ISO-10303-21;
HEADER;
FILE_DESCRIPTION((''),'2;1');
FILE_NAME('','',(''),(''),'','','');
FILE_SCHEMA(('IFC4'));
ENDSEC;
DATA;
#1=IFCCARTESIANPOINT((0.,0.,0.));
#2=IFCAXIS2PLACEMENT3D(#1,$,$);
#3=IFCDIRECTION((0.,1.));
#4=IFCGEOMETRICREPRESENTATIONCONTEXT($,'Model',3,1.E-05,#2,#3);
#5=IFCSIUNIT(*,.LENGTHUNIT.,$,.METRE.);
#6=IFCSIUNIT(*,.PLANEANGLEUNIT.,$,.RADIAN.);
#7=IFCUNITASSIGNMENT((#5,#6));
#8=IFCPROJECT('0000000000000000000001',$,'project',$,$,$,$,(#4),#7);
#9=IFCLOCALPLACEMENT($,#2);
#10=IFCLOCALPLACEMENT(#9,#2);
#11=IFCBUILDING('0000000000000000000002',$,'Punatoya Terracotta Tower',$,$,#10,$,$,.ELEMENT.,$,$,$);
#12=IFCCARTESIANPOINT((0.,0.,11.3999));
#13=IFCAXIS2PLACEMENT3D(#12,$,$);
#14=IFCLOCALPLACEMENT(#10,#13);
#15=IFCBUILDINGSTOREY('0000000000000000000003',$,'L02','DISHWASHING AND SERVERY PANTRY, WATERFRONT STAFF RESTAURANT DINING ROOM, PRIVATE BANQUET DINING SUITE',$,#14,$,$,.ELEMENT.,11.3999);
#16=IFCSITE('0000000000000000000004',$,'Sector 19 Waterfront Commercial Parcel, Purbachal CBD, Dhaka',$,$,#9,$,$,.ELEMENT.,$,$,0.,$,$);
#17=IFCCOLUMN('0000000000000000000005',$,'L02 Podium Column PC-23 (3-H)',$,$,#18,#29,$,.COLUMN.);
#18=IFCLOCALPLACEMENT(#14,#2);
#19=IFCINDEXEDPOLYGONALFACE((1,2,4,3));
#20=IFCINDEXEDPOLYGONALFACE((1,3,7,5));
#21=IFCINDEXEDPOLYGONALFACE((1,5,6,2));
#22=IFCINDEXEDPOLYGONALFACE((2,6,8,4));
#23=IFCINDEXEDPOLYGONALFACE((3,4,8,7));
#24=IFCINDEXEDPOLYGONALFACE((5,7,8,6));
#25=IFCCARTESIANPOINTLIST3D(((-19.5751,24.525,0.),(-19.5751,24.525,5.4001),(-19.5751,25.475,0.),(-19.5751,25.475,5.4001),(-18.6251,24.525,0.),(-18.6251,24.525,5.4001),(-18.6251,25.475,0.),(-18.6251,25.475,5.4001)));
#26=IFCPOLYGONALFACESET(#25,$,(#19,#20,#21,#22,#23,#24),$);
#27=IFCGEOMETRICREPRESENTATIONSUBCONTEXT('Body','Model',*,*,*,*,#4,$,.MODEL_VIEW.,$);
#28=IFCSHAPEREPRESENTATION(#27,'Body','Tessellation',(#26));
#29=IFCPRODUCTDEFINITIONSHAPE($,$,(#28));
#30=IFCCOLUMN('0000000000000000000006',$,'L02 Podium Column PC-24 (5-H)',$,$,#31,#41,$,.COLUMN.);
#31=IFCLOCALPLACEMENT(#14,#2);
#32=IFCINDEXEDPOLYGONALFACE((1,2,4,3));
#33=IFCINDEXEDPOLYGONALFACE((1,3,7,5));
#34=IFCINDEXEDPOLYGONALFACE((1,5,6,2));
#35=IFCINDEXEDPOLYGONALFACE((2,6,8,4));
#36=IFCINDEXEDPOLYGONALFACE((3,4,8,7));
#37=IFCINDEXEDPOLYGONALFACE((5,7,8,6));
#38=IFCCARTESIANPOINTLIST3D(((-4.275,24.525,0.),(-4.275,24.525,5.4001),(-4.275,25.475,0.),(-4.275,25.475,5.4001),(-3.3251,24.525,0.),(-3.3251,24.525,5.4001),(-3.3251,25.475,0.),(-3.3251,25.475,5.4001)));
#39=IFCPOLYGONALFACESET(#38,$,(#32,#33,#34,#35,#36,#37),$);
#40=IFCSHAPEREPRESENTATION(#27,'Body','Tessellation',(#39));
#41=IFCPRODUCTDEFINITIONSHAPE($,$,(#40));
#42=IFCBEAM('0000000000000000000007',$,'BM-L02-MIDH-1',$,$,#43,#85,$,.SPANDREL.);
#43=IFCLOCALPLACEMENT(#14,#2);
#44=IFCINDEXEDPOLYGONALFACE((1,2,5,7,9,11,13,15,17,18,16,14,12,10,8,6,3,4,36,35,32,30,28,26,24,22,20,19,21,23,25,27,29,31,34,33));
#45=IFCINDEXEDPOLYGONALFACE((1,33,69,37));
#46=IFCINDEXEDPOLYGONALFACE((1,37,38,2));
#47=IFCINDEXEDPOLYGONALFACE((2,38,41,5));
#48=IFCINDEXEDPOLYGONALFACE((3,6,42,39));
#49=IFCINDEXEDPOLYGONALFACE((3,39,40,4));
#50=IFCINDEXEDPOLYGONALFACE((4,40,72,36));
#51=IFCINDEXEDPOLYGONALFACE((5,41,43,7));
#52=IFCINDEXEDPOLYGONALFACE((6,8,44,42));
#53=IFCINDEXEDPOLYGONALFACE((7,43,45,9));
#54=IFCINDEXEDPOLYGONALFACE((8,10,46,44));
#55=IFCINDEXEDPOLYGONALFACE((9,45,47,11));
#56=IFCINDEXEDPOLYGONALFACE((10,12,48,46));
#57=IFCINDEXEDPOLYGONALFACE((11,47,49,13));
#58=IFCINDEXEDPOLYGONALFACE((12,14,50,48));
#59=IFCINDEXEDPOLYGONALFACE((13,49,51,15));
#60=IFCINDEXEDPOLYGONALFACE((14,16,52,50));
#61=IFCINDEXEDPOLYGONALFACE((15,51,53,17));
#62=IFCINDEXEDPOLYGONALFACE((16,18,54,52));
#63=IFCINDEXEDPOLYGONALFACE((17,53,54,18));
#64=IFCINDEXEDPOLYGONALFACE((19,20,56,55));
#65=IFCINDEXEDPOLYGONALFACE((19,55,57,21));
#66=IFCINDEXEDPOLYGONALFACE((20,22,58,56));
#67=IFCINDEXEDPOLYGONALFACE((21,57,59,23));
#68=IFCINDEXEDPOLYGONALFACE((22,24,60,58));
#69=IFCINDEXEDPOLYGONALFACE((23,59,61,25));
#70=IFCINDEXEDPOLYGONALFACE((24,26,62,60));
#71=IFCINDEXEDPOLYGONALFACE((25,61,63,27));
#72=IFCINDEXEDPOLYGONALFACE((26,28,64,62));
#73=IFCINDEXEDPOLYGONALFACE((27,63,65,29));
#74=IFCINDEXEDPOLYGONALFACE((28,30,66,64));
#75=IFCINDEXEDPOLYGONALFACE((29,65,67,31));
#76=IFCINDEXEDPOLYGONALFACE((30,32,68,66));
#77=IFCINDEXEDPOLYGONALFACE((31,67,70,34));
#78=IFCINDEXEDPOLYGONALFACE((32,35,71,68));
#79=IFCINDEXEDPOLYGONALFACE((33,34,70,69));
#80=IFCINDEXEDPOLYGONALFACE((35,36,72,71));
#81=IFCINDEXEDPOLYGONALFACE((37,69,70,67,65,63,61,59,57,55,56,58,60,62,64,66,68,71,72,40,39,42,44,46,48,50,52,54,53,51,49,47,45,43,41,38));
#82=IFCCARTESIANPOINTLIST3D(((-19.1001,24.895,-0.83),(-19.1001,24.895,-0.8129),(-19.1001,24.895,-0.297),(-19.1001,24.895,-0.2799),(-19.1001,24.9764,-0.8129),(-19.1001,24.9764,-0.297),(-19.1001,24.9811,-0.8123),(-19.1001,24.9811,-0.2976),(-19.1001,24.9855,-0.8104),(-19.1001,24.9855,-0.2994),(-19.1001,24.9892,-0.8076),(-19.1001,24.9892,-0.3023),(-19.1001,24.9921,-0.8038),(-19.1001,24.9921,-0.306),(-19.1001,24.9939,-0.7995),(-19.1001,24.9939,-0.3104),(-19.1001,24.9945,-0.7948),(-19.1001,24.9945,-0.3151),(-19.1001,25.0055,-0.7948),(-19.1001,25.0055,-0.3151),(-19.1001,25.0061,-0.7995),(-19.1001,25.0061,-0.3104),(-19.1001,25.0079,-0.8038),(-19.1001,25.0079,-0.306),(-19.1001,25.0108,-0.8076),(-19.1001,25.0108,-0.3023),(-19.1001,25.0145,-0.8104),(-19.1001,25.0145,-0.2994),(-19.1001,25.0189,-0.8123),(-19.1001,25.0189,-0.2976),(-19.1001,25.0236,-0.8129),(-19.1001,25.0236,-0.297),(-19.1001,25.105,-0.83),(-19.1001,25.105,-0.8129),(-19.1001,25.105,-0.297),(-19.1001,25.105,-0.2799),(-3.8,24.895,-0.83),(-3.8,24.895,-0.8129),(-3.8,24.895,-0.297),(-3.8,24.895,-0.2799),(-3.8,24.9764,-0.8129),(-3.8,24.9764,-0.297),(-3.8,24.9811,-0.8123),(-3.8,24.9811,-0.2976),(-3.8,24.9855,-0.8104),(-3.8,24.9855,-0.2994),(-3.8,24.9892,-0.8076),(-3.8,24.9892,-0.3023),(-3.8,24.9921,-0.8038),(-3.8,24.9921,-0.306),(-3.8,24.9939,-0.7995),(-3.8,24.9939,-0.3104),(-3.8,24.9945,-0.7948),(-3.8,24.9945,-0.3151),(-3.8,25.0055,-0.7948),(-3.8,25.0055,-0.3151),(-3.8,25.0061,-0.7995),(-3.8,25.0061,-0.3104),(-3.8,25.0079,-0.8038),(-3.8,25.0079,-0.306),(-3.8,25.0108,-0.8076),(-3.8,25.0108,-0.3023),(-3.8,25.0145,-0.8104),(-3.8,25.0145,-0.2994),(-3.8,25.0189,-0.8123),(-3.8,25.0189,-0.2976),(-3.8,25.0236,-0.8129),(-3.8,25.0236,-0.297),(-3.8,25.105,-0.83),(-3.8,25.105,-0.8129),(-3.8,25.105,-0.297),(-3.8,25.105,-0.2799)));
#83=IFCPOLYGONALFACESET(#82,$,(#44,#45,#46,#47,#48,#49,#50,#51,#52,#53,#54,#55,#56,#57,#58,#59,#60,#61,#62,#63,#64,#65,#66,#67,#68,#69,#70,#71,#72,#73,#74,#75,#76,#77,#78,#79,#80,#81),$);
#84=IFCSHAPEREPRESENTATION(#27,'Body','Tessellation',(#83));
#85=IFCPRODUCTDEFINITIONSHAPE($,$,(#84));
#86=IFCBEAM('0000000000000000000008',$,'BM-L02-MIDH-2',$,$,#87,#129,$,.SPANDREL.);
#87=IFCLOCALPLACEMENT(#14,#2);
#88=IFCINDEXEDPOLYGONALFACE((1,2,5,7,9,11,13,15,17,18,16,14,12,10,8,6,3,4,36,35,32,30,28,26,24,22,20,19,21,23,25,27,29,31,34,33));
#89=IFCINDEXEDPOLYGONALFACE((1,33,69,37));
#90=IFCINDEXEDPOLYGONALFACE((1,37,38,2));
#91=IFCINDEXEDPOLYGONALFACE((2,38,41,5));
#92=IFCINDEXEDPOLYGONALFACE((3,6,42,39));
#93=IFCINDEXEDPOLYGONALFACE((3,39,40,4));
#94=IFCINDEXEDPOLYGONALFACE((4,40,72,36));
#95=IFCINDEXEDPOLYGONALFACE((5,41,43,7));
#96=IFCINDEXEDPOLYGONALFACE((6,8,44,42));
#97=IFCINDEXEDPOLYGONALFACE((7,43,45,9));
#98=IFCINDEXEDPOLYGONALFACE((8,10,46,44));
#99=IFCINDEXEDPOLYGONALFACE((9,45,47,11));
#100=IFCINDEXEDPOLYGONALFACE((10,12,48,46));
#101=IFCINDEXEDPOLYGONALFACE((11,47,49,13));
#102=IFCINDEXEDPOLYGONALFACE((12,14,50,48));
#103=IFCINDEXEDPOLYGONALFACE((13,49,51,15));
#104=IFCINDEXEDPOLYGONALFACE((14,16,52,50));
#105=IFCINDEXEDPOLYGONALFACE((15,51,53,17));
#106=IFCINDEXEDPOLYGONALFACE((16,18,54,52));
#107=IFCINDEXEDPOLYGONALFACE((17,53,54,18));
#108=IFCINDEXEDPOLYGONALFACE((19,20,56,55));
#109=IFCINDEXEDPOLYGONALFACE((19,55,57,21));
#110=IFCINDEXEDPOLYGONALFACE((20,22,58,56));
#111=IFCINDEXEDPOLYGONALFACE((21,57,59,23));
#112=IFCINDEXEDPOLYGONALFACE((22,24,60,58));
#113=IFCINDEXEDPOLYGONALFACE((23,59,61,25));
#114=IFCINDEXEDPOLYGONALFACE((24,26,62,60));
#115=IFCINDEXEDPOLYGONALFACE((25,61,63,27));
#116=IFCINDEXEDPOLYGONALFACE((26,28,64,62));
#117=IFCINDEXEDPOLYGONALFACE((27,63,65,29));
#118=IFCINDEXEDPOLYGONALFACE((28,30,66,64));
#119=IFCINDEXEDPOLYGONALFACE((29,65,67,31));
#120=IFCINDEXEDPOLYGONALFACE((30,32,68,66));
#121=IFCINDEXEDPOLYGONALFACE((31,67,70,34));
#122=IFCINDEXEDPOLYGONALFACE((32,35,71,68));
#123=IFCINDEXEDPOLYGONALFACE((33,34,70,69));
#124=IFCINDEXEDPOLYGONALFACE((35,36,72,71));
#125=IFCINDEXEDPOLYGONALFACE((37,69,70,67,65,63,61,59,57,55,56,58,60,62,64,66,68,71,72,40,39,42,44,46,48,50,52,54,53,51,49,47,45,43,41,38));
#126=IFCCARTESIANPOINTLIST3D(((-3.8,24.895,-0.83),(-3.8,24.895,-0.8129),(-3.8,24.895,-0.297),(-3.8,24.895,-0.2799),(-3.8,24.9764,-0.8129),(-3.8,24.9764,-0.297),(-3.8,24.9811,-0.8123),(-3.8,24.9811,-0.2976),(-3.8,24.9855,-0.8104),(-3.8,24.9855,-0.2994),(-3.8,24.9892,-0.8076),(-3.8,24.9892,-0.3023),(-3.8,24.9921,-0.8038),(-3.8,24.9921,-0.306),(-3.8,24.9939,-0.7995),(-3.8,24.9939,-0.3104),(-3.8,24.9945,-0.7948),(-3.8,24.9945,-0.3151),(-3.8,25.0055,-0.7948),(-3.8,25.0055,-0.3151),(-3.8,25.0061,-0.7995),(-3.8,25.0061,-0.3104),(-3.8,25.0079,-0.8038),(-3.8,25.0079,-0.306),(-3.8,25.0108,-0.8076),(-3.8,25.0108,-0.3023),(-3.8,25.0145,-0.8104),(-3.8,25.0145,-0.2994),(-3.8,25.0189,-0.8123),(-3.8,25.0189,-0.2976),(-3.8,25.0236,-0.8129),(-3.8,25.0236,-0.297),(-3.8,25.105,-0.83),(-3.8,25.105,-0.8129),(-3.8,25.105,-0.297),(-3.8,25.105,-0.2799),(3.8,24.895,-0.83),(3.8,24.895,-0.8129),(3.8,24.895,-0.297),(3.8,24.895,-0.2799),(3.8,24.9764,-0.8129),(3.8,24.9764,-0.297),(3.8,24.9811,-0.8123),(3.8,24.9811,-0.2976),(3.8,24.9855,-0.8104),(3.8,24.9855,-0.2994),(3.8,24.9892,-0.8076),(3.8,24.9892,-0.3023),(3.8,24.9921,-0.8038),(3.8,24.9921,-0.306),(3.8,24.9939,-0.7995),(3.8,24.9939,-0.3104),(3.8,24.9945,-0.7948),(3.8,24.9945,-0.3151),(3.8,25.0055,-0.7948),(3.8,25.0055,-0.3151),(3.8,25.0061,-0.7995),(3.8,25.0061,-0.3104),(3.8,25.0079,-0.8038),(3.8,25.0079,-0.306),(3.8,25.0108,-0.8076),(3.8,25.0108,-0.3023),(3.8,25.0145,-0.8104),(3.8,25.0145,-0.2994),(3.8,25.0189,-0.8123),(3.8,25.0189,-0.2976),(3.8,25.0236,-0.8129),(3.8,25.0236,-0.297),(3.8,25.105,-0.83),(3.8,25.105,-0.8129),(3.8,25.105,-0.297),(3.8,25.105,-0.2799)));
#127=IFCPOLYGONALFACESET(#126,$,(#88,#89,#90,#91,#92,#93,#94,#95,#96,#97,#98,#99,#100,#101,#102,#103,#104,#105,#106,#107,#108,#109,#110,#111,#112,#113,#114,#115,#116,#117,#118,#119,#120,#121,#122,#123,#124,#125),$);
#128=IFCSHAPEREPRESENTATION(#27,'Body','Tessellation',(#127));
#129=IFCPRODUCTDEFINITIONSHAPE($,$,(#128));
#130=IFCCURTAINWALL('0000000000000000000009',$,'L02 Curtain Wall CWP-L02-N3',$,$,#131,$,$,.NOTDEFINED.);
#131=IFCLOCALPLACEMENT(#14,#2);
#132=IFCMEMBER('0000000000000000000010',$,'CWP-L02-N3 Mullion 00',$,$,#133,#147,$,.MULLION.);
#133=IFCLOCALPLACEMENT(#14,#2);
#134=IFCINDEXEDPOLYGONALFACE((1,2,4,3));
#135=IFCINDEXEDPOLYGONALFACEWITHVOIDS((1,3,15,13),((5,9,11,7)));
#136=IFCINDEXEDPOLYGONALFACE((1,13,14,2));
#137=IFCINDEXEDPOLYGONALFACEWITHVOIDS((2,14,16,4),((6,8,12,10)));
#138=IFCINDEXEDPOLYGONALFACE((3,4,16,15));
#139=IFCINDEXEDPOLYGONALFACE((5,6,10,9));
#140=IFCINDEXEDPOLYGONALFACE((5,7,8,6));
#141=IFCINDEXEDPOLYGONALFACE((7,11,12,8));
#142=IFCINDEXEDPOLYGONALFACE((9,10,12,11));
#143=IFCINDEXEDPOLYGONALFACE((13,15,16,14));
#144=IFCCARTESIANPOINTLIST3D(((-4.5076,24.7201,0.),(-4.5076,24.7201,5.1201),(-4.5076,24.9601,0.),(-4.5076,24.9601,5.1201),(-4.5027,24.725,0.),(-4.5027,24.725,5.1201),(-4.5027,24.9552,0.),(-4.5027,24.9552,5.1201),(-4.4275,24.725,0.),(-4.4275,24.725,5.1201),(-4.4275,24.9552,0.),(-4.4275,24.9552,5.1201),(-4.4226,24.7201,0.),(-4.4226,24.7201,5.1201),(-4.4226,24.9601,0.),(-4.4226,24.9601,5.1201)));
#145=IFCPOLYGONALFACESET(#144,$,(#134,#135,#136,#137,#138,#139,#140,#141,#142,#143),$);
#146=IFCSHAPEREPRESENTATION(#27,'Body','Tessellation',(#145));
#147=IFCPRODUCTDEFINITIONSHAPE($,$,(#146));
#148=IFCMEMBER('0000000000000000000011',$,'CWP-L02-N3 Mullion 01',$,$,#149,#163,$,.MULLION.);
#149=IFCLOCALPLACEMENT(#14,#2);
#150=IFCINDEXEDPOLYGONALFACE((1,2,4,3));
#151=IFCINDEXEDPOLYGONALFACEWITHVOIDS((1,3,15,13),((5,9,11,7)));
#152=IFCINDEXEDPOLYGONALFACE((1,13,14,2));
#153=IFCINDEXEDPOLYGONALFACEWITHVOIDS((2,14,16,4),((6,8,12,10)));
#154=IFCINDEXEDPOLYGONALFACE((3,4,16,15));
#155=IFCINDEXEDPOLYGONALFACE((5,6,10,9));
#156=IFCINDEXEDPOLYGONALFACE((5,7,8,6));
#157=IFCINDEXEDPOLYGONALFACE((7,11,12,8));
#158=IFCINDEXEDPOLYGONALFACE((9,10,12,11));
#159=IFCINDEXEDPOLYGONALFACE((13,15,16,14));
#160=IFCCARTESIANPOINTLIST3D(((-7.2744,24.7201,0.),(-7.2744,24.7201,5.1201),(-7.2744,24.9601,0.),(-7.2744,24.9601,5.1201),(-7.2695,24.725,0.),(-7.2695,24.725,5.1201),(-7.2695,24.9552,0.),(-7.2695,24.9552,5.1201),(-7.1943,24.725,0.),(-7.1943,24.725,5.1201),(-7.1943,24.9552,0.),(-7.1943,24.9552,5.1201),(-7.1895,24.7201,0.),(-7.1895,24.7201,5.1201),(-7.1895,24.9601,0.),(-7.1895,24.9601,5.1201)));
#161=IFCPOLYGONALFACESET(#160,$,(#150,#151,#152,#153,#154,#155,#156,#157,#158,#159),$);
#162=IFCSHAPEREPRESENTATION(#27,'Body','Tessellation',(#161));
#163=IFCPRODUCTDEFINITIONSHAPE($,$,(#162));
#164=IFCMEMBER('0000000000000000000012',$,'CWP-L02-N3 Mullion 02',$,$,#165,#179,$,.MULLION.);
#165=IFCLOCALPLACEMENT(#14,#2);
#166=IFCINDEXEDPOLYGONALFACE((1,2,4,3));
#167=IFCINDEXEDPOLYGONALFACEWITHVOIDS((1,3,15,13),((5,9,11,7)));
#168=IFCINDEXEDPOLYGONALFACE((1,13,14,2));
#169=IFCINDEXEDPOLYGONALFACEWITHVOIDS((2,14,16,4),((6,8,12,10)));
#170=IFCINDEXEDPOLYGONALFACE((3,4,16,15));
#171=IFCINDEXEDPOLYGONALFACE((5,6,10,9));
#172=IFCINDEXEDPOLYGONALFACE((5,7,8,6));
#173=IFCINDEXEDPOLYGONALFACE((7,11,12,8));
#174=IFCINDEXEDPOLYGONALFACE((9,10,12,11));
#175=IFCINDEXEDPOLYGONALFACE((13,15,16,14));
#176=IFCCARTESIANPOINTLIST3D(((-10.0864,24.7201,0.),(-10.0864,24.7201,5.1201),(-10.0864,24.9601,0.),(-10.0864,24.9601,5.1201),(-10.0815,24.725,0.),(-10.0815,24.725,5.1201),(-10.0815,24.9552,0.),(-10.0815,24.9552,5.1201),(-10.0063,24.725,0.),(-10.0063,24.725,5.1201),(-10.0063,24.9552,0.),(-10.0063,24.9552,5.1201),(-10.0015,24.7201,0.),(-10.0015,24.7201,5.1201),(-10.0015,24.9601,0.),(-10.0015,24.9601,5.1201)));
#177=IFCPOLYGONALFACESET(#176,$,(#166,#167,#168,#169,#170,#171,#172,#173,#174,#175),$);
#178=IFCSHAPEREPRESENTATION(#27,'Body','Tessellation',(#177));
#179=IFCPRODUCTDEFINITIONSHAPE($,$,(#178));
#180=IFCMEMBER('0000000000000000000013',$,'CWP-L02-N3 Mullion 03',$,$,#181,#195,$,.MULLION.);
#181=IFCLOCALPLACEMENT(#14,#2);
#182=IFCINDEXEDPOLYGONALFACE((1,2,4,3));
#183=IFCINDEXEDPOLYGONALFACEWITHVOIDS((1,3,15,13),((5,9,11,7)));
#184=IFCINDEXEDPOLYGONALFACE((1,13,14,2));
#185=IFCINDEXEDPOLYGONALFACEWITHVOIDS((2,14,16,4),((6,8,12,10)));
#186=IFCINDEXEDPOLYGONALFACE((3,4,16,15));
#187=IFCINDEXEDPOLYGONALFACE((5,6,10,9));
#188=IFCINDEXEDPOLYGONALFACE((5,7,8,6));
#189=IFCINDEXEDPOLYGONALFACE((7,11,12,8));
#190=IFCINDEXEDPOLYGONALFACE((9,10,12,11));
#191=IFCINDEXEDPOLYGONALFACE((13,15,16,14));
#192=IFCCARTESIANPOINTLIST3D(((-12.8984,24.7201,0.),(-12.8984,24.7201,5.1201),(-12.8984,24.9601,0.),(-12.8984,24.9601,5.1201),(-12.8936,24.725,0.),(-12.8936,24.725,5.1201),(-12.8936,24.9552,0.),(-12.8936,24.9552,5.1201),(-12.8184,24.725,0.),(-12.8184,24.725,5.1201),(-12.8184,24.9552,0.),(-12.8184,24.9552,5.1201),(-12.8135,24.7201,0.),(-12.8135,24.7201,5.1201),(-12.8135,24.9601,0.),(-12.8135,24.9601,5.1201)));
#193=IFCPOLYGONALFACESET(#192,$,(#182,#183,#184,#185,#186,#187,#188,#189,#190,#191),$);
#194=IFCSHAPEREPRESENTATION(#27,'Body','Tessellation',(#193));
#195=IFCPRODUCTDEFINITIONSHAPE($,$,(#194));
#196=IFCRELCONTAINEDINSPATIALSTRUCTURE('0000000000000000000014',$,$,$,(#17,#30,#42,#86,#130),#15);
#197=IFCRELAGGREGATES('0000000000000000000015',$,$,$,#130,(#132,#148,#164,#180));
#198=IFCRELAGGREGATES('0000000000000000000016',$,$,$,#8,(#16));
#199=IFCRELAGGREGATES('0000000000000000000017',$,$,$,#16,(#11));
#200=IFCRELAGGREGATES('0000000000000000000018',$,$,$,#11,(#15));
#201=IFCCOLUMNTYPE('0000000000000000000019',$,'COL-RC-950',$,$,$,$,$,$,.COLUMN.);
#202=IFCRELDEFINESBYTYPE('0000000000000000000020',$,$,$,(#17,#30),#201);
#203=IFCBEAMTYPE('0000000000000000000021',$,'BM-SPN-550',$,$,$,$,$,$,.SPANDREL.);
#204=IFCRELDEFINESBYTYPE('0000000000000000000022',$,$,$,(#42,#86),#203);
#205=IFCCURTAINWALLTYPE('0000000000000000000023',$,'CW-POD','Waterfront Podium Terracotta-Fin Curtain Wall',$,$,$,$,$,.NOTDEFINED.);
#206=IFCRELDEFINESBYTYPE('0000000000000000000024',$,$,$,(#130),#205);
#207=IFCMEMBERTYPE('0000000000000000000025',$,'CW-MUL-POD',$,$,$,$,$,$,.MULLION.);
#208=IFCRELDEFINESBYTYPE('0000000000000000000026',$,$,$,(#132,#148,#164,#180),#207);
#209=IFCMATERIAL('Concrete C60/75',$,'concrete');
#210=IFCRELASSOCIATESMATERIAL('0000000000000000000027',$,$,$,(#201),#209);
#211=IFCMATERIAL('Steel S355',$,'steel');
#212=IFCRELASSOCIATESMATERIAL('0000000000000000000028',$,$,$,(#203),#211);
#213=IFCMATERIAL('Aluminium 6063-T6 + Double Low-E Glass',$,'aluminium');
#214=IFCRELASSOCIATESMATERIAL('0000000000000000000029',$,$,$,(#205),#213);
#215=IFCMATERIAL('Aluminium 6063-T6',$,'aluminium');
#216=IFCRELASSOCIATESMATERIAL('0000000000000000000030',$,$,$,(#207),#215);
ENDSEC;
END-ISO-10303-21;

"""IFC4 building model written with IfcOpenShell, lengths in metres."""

from ifc_helpers import new_model, si_unit, direction, frame, origin, origin_2d, place, context, subcontext, project, spatial, rectangle, hollow_rectangle, i_section, extrude, material, material_profile, profile_set, type_object, element, aggregate, save


model = new_model("IFC4")

# Units and contexts
model_context = context("Model", 3, precision=1e-05, world=origin(), true_north=direction((0.0, 1.0)))
body_context = subcontext(model_context, "Body", "Model", "MODEL_VIEW")
ifc_project = project(units=[si_unit("LENGTHUNIT", "METRE"), si_unit("PLANEANGLEUNIT", "RADIAN")], contexts=[model_context])

# Site, building, storey
site_placement = place(None, origin())
site = spatial("IfcSite", under=ifc_project, at=site_placement, Name="Sector 19 Waterfront Commercial Parcel, Purbachal CBD, Dhaka", CompositionType="ELEMENT", RefElevation=0.0)
building_placement = place(site_placement, origin())
building = spatial("IfcBuilding", under=site, at=building_placement, Name="Punatoya Terracotta Tower", CompositionType="ELEMENT")
storey_placement = place(building_placement, frame((0.0, 0.0, 11.3999)))
storey = spatial("IfcBuildingStorey", under=building, at=storey_placement, Name="L02", Description="DISHWASHING AND SERVERY PANTRY, WATERFRONT STAFF RESTAURANT DINING ROOM, PRIVATE BANQUET DINING SUITE", CompositionType="ELEMENT", Elevation=11.3999)

# Columns
ifc_material_1 = material(Name="Concrete C60/75", Category="concrete")
ifc_material_profile_1 = material_profile(ifc_material_1, rectangle(XDim=0.95, YDim=0.95, at=origin_2d()))
ifc_profile_set_1 = profile_set([ifc_material_profile_1], Name="Concrete C60/75")
column_type = type_object("IfcColumnType", Name="COL-RC-950", PredefinedType="COLUMN", material=ifc_profile_set_1)
for number, where, z_axis, x_axis, name in (
    (1, (-19.1001, 25.0, 0.0), (0.0, 0.0, 1.0), (1.0, 0.0, 0.0), "L02 Podium Column PC-23 (3-H)"),
    (2, (-3.8, 25.0, 0.0), (0.0, 0.0, 1.0), (1.0, 0.0, 0.0), "L02 Podium Column PC-24 (5-H)"),
):
    element("IfcColumn", number, at=place(storey_placement, frame(where, z_axis=z_axis, x_axis=x_axis)), inside=storey, type_object=column_type, Name=name, PredefinedType="COLUMN", context=body_context, shape_type="SweptSolid", body=[
        extrude(rectangle(XDim=0.95, YDim=0.95, at=origin_2d()), origin(), (0.0, 0.0, 1.0), 5.4001),
    ])

# Beams
ifc_material_2 = material(Name="Steel S355", Category="steel")
ifc_material_profile_2 = material_profile(ifc_material_2, i_section(OverallWidth=0.21, OverallDepth=0.55, WebThickness=0.011, FlangeThickness=0.0171, FilletRadius=0.0181, at=origin_2d()))
ifc_profile_set_2 = profile_set([ifc_material_profile_2], Name="Steel S355")
beam_type = type_object("IfcBeamType", Name="BM-SPN-550", PredefinedType="SPANDREL", material=ifc_profile_set_2)
beam_1_placement = place(storey_placement, frame((-19.1001, 25.0, -0.5549), z_axis=(1.0, 0.0, 0.0), x_axis=(0.0, 1.0, 0.0)))
element("IfcBeam", 3, at=beam_1_placement, inside=storey, type_object=beam_type, Name="BM-L02-MIDH-1", PredefinedType="SPANDREL", context=body_context, shape_type="SweptSolid", body=[
    extrude(i_section(OverallWidth=0.21, OverallDepth=0.55, WebThickness=0.011, FlangeThickness=0.0171, FilletRadius=0.0181, at=origin_2d()), origin(), (0.0, 0.0, 1.0), 15.3),
])
beam_2_placement = place(storey_placement, frame((-3.8, 25.0, -0.5549), z_axis=(1.0, 0.0, 0.0), x_axis=(0.0, 1.0, 0.0)))
element("IfcBeam", 4, at=beam_2_placement, inside=storey, type_object=beam_type, Name="BM-L02-MIDH-2", PredefinedType="SPANDREL", context=body_context, shape_type="SweptSolid", body=[
    extrude(i_section(OverallWidth=0.21, OverallDepth=0.55, WebThickness=0.011, FlangeThickness=0.0171, FilletRadius=0.0181, at=origin_2d()), origin(), (0.0, 0.0, 1.0), 7.6001),
])

# Curtain wall, members
ifc_material_3 = material(Name="Aluminium 6063-T6 + Double Low-E Glass", Category="aluminium")
curtain_wall_type = type_object("IfcCurtainWallType", Name="CW-POD", Description="Waterfront Podium Terracotta-Fin Curtain Wall", PredefinedType="NOTDEFINED", material=ifc_material_3)
curtain_wall_1_placement = place(storey_placement, origin())
curtain_wall_1 = element("IfcCurtainWall", 5, at=curtain_wall_1_placement, inside=storey, type_object=curtain_wall_type, Name="L02 Curtain Wall CWP-L02-N3", PredefinedType="NOTDEFINED")
ifc_material_4 = material(Name="Aluminium 6063-T6", Category="aluminium")
ifc_material_profile_3 = material_profile(ifc_material_4, hollow_rectangle(XDim=0.085, YDim=0.24, WallThickness=0.0049, at=origin_2d()))
ifc_profile_set_3 = profile_set([ifc_material_profile_3], Name="Aluminium 6063-T6")
member_type_1 = type_object("IfcMemberType", Name="CW-MUL-POD", PredefinedType="MULLION", material=ifc_profile_set_3)
member_1_placement = place(storey_placement, frame((-4.4651, 24.8401, 0.0), z_axis=(0.0, 0.0, 1.0), x_axis=(1.0, 0.0, 0.0)))
member_1 = element("IfcMember", 6, at=member_1_placement, type_object=member_type_1, Name="CWP-L02-N3 Mullion 00", PredefinedType="MULLION", context=body_context, shape_type="SweptSolid", body=[
    extrude(hollow_rectangle(XDim=0.085, YDim=0.24, WallThickness=0.0049, at=origin_2d()), origin(), (0.0, 0.0, 1.0), 5.1201),
])
member_2_placement = place(storey_placement, frame((-7.2319, 24.8401, 0.0), z_axis=(0.0, 0.0, 1.0), x_axis=(1.0, 0.0, 0.0)))
member_2 = element("IfcMember", 7, at=member_2_placement, type_object=member_type_1, Name="CWP-L02-N3 Mullion 01", PredefinedType="MULLION", context=body_context, shape_type="SweptSolid", body=[
    extrude(hollow_rectangle(XDim=0.085, YDim=0.24, WallThickness=0.0049, at=origin_2d()), origin(), (0.0, 0.0, 1.0), 5.1201),
])
member_3_placement = place(storey_placement, frame((-10.0439, 24.8401, 0.0), z_axis=(0.0, 0.0, 1.0), x_axis=(1.0, 0.0, 0.0)))
member_3 = element("IfcMember", 8, at=member_3_placement, type_object=member_type_1, Name="CWP-L02-N3 Mullion 02", PredefinedType="MULLION", context=body_context, shape_type="SweptSolid", body=[
    extrude(hollow_rectangle(XDim=0.085, YDim=0.24, WallThickness=0.0049, at=origin_2d()), origin(), (0.0, 0.0, 1.0), 5.1201),
])
member_4_placement = place(storey_placement, frame((-12.856, 24.8401, 0.0), z_axis=(0.0, 0.0, 1.0), x_axis=(1.0, 0.0, 0.0)))
member_4 = element("IfcMember", 9, at=member_4_placement, type_object=member_type_1, Name="CWP-L02-N3 Mullion 03", PredefinedType="MULLION", context=body_context, shape_type="SweptSolid", body=[
    extrude(hollow_rectangle(XDim=0.085, YDim=0.24, WallThickness=0.0049, at=origin_2d()), origin(), (0.0, 0.0, 1.0), 5.1201),
])

aggregate(curtain_wall_1, [member_1, member_2, member_3, member_4])

save(model, "model.ifc")
